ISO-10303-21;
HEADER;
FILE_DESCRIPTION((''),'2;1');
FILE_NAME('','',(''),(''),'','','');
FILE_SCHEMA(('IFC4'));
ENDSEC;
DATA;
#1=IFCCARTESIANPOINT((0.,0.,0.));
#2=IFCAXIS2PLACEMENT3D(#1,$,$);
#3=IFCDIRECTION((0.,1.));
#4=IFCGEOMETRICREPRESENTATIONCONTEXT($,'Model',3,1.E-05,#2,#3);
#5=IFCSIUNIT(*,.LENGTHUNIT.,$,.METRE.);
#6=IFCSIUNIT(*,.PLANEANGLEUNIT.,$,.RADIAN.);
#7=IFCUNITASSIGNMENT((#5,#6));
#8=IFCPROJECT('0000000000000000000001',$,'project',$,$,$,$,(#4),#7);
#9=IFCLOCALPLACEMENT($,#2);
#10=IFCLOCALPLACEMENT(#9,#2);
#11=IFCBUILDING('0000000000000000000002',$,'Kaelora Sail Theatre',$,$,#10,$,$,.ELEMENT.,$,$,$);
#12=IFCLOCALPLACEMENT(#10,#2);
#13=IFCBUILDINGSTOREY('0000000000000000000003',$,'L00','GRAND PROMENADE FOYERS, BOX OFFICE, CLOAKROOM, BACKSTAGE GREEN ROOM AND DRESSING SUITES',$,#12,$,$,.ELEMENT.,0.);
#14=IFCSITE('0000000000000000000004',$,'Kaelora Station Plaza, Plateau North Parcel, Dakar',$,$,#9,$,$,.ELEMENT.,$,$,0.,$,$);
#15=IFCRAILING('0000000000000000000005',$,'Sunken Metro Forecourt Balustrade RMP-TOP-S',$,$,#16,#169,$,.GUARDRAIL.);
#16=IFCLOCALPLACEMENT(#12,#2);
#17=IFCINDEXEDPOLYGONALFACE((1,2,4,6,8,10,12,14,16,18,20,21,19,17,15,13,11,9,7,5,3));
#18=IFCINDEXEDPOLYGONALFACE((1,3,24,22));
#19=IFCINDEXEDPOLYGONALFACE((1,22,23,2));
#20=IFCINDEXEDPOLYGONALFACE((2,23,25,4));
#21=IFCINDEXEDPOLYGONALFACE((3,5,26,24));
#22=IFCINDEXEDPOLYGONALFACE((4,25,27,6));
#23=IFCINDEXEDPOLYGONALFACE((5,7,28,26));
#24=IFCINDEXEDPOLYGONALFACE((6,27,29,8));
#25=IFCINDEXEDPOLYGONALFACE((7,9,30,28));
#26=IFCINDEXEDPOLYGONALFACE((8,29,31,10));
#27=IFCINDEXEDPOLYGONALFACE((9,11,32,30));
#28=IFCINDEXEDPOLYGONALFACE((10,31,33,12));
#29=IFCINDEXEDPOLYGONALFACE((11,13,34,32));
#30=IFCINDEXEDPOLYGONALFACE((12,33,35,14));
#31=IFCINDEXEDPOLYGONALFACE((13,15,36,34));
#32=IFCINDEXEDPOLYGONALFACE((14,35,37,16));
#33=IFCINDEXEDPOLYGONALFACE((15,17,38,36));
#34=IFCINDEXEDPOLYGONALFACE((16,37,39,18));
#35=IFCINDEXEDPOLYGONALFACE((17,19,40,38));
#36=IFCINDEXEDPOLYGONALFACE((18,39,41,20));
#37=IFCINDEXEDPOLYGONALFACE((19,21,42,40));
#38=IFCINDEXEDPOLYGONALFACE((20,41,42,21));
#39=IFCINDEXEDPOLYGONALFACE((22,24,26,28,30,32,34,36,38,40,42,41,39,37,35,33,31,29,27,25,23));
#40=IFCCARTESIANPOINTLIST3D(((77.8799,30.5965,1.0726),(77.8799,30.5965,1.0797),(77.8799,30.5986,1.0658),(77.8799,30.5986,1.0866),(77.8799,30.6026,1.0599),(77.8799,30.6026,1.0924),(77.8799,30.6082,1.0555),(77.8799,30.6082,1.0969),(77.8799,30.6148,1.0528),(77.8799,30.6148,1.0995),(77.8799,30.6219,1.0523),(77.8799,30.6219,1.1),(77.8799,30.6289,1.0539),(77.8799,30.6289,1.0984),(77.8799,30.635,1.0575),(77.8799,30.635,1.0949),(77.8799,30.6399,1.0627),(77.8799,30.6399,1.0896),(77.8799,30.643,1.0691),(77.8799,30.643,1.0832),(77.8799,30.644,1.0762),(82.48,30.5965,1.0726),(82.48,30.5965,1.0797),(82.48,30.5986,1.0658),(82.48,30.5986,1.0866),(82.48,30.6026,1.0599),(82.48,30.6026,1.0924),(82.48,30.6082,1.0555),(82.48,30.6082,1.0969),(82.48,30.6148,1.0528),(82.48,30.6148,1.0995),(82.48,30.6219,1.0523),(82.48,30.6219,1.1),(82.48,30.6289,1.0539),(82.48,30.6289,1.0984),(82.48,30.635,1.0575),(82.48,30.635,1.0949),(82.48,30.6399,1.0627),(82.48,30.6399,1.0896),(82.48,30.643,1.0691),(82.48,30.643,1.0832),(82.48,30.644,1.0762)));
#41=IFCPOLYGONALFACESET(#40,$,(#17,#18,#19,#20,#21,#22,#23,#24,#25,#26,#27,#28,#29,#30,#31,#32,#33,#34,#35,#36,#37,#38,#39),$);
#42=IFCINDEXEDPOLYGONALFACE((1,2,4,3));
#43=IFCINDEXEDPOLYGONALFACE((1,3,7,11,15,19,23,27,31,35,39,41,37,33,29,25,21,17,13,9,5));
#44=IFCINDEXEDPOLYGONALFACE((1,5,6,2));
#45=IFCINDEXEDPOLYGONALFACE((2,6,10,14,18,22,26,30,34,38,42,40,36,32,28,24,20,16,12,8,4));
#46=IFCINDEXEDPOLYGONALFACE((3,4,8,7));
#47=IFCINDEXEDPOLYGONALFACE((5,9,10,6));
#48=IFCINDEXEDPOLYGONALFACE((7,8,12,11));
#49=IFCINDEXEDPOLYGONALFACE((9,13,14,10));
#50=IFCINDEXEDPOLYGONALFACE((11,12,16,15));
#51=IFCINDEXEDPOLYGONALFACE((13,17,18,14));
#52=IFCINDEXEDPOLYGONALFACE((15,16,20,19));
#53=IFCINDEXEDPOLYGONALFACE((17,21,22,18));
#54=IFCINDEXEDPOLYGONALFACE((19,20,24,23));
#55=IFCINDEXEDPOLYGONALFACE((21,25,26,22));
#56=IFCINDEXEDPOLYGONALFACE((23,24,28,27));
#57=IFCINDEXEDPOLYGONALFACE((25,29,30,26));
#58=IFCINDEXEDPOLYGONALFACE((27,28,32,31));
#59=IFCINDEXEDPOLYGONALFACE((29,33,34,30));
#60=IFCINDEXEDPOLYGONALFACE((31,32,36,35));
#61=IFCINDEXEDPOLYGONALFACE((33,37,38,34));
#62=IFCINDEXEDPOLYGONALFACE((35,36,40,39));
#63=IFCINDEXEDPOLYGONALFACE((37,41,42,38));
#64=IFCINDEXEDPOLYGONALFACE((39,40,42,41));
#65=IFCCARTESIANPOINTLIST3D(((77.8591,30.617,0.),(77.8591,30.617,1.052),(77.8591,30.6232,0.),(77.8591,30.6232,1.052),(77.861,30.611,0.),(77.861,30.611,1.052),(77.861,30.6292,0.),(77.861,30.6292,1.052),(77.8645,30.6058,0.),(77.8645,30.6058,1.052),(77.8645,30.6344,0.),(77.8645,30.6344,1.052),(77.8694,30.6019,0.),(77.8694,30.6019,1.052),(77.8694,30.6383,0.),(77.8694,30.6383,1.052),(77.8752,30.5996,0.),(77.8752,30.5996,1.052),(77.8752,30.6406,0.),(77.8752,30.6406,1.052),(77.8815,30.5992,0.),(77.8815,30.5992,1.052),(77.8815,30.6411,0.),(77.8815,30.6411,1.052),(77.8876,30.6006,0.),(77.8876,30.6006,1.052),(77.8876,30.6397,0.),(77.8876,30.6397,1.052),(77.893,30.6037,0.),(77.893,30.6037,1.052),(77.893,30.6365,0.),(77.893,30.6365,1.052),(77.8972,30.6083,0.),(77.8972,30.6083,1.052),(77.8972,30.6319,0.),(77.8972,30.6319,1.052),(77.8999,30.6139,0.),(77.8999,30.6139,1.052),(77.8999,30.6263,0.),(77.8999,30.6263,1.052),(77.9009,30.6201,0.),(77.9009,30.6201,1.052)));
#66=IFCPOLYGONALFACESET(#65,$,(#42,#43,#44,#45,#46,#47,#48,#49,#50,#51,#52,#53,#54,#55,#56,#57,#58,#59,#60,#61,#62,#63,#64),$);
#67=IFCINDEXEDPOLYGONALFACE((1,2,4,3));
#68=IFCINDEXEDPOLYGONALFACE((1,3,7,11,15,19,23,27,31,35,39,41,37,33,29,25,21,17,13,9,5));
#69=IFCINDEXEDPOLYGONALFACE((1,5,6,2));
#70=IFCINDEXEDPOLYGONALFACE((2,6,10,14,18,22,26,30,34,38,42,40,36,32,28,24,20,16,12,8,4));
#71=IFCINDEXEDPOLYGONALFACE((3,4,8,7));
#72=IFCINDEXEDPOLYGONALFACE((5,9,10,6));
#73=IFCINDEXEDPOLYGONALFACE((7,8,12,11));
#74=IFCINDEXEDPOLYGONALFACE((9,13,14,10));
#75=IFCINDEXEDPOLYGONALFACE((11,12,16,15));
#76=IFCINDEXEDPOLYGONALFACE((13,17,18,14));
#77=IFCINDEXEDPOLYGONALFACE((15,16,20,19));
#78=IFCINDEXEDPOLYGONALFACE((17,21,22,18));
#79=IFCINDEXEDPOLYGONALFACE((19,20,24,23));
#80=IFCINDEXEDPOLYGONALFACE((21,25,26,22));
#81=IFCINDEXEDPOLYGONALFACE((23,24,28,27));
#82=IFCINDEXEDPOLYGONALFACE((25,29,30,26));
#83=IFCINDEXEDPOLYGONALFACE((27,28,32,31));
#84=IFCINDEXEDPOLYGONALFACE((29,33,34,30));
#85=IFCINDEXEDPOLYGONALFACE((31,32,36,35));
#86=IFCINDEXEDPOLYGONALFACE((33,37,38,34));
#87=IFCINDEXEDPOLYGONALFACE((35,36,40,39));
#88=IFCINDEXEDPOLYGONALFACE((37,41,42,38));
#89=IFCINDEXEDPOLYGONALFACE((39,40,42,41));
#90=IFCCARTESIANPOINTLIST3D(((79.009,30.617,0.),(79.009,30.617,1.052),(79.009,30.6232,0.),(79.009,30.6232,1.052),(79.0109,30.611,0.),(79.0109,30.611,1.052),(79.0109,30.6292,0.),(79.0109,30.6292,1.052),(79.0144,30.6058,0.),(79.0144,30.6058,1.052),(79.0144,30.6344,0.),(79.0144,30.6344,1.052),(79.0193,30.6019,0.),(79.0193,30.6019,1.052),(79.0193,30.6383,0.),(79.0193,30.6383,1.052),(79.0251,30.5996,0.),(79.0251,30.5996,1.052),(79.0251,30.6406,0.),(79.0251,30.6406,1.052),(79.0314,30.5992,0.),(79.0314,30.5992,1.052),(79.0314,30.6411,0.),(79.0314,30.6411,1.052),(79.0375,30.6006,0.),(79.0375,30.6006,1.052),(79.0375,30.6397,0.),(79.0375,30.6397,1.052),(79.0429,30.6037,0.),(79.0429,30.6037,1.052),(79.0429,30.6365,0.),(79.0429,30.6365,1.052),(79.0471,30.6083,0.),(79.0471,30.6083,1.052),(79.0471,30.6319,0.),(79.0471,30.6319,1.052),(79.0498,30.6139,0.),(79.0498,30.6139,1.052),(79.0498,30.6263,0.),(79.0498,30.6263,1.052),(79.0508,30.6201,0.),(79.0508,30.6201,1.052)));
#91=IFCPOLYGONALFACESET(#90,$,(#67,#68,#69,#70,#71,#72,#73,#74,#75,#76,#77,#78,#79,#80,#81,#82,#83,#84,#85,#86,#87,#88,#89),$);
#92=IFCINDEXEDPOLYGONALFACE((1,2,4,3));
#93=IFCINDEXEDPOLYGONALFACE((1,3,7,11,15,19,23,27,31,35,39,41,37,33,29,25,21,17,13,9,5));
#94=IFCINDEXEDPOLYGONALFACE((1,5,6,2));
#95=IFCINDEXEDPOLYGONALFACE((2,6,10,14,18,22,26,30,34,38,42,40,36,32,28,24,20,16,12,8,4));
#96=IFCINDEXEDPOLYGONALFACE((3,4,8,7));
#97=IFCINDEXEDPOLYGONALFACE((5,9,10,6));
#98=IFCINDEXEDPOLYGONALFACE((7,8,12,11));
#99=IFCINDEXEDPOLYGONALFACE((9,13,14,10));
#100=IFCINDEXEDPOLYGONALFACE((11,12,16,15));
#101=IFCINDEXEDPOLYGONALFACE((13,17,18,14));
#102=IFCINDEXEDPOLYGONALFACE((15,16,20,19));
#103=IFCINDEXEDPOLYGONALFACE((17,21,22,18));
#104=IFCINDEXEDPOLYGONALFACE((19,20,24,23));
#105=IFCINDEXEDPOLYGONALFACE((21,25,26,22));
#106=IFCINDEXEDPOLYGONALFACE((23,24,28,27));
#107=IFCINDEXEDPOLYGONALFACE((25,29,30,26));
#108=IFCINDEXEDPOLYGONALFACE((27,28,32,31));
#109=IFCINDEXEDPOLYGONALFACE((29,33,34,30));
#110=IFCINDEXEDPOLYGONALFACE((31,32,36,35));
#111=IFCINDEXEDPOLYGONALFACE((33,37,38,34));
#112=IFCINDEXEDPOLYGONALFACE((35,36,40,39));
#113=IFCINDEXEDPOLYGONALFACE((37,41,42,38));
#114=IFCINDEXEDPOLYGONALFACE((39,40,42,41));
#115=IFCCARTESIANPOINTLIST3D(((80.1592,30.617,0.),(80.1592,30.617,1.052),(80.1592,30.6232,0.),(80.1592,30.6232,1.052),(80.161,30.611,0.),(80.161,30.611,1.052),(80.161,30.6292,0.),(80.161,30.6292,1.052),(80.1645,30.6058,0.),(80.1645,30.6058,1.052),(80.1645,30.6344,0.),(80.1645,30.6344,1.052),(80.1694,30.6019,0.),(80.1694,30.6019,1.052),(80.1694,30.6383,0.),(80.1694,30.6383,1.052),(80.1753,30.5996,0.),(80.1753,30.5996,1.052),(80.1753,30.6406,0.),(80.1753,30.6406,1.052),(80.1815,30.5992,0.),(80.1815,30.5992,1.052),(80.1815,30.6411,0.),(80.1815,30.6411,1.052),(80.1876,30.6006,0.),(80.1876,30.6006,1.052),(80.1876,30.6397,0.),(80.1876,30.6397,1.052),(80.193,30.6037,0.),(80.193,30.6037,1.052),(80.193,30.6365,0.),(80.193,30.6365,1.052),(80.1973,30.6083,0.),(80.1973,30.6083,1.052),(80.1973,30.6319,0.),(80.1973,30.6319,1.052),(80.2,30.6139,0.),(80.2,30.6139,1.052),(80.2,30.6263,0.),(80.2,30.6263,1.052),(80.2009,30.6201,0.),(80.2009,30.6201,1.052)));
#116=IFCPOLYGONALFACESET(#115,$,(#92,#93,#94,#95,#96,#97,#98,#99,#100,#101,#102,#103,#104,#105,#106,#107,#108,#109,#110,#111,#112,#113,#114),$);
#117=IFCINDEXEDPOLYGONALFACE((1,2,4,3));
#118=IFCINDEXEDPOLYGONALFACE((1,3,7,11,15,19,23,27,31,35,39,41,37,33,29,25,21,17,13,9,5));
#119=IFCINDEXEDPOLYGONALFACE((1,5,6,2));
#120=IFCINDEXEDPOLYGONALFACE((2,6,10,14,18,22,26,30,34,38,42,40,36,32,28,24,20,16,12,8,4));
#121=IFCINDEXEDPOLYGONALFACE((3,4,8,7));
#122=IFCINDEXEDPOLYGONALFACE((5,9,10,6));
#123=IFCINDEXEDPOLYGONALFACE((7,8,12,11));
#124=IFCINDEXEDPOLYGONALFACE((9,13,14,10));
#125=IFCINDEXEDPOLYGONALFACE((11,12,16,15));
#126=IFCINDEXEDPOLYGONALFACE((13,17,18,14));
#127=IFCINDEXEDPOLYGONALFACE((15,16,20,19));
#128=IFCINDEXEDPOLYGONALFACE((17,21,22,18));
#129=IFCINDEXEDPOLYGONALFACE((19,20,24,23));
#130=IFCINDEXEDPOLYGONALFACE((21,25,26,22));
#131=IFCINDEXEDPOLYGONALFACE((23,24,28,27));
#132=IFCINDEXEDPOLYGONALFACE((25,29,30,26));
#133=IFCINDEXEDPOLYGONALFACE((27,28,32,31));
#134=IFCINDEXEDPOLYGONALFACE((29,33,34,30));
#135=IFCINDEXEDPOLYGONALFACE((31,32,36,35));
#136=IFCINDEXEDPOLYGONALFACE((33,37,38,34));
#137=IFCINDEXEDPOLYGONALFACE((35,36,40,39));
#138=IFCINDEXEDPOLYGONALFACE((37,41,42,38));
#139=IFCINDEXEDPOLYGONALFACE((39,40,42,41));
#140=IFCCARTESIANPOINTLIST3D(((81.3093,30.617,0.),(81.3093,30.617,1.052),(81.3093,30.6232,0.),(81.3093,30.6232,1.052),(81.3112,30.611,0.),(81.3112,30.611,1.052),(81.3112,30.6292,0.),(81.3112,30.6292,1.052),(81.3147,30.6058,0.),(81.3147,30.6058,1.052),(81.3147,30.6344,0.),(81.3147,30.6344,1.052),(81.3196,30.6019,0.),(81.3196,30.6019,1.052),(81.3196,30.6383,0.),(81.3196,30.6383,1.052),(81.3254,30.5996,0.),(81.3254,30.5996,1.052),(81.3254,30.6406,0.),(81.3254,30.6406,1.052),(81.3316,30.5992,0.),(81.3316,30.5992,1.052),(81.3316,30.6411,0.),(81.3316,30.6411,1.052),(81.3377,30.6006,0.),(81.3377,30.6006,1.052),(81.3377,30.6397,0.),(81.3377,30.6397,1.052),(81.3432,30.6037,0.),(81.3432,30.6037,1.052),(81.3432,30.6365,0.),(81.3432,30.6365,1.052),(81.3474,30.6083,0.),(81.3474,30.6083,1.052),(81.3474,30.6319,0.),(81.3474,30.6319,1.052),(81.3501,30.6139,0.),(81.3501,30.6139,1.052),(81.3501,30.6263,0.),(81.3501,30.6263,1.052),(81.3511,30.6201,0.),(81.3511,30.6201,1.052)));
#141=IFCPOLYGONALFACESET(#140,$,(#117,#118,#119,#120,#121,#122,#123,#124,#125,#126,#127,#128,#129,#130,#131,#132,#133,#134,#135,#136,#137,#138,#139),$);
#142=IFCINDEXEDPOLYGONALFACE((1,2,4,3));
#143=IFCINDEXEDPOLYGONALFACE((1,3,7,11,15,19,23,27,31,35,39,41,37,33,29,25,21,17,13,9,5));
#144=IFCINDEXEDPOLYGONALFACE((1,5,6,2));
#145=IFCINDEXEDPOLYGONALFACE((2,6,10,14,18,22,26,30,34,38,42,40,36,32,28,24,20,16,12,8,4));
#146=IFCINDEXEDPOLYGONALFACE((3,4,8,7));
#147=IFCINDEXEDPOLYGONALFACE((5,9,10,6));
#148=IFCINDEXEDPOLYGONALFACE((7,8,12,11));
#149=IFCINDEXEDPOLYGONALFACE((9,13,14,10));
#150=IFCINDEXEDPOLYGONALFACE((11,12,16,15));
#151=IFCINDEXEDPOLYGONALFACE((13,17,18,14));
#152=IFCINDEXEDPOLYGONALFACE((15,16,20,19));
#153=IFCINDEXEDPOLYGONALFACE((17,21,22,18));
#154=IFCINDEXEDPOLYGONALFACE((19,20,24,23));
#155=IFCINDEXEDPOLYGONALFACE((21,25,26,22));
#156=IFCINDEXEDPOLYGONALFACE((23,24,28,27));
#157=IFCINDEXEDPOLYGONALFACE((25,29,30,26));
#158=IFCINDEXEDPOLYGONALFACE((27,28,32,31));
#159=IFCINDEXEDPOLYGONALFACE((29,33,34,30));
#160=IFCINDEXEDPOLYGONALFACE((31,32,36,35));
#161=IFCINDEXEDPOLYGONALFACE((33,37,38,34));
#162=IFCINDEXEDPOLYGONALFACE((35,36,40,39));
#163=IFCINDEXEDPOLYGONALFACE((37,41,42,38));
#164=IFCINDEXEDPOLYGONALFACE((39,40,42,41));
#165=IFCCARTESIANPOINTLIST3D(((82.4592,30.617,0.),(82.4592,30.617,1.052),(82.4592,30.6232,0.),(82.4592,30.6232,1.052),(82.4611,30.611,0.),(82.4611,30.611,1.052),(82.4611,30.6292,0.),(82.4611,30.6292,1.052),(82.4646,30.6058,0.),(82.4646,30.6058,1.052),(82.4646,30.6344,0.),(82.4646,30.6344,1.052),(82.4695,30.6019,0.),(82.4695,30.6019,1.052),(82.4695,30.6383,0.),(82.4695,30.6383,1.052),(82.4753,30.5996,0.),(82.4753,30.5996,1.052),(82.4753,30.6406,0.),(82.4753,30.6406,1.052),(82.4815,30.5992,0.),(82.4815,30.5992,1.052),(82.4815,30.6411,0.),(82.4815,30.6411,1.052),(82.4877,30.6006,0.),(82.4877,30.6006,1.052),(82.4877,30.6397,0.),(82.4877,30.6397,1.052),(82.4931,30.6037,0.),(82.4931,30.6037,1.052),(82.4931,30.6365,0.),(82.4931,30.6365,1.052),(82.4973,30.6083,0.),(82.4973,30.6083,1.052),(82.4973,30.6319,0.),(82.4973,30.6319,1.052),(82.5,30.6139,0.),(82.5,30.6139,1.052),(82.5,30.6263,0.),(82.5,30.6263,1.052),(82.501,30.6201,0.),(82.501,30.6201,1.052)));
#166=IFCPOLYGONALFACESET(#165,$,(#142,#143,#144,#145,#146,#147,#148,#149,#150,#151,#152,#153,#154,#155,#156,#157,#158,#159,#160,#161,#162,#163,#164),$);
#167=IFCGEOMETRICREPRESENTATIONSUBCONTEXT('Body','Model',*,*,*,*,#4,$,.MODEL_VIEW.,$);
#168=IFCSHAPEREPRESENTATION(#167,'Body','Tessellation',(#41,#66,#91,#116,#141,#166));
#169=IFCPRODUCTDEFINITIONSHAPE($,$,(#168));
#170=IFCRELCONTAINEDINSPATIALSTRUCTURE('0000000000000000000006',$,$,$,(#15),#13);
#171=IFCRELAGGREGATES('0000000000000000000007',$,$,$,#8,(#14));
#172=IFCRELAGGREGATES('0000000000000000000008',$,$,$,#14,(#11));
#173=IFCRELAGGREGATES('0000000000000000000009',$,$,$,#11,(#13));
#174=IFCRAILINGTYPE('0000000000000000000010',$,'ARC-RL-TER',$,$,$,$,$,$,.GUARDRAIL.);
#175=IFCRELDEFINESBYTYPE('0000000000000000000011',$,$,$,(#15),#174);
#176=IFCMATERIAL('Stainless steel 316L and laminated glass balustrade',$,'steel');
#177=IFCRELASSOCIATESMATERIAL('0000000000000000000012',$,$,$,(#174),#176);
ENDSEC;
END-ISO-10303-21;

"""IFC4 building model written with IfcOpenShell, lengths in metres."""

from ifc_helpers import new_model, si_unit, direction, frame, origin, origin_2d, place, context, subcontext, project, spatial, circle, extrude, material, type_object, element, save


model = new_model("IFC4")

# Units and contexts
model_context = context("Model", 3, precision=1e-05, world=origin(), true_north=direction((0.0, 1.0)))
body_context = subcontext(model_context, "Body", "Model", "MODEL_VIEW")
ifc_project = project(units=[si_unit("LENGTHUNIT", "METRE"), si_unit("PLANEANGLEUNIT", "RADIAN")], contexts=[model_context])

# Site, building, storey
site_placement = place(None, origin())
site = spatial("IfcSite", under=ifc_project, at=site_placement, Name="Kaelora Station Plaza, Plateau North Parcel, Dakar", CompositionType="ELEMENT", RefElevation=0.0)
building_placement = place(site_placement, origin())
building = spatial("IfcBuilding", under=site, at=building_placement, Name="Kaelora Sail Theatre", CompositionType="ELEMENT")
storey_placement = place(building_placement, origin())
storey = spatial("IfcBuildingStorey", under=building, at=storey_placement, Name="L00", Description="GRAND PROMENADE FOYERS, BOX OFFICE, CLOAKROOM, BACKSTAGE GREEN ROOM AND DRESSING SUITES", CompositionType="ELEMENT", Elevation=0.0)

# Railing
ifc_material_1 = material(Name="Stainless steel 316L and laminated glass balustrade", Category="steel")
railing_type = type_object("IfcRailingType", Name="ARC-RL-TER", PredefinedType="GUARDRAIL", material=ifc_material_1)
railing_placement = place(storey_placement, frame((77.8799, 30.6201, 0.0)))
element("IfcRailing", 1, at=railing_placement, inside=storey, type_object=railing_type, Name="Sunken Metro Forecourt Balustrade RMP-TOP-S", PredefinedType="GUARDRAIL", context=body_context, shape_type="SweptSolid", body=[
    extrude(circle(Radius=0.0239, at=origin_2d()), frame((0.0, 0.0, 1.0762), z_axis=(1.0, 0.0, 0.0), x_axis=(0.0, 1.0, 0.0)), (0.0, 0.0, 1.0), 4.6001),
    extrude(circle(Radius=0.021, at=origin_2d()), origin(), (0.0, 0.0, 1.0), 1.052),
    extrude(circle(Radius=0.021, at=origin_2d()), frame((1.1499, 0.0, 0.0)), (0.0, 0.0, 1.0), 1.052),
    extrude(circle(Radius=0.021, at=origin_2d()), frame((2.3, 0.0, 0.0)), (0.0, 0.0, 1.0), 1.052),
    extrude(circle(Radius=0.021, at=origin_2d()), frame((3.4502, 0.0, 0.0)), (0.0, 0.0, 1.0), 1.052),
    extrude(circle(Radius=0.021, at=origin_2d()), frame((4.6001, 0.0, 0.0)), (0.0, 0.0, 1.0), 1.052),
])

save(model, "model.ifc")
